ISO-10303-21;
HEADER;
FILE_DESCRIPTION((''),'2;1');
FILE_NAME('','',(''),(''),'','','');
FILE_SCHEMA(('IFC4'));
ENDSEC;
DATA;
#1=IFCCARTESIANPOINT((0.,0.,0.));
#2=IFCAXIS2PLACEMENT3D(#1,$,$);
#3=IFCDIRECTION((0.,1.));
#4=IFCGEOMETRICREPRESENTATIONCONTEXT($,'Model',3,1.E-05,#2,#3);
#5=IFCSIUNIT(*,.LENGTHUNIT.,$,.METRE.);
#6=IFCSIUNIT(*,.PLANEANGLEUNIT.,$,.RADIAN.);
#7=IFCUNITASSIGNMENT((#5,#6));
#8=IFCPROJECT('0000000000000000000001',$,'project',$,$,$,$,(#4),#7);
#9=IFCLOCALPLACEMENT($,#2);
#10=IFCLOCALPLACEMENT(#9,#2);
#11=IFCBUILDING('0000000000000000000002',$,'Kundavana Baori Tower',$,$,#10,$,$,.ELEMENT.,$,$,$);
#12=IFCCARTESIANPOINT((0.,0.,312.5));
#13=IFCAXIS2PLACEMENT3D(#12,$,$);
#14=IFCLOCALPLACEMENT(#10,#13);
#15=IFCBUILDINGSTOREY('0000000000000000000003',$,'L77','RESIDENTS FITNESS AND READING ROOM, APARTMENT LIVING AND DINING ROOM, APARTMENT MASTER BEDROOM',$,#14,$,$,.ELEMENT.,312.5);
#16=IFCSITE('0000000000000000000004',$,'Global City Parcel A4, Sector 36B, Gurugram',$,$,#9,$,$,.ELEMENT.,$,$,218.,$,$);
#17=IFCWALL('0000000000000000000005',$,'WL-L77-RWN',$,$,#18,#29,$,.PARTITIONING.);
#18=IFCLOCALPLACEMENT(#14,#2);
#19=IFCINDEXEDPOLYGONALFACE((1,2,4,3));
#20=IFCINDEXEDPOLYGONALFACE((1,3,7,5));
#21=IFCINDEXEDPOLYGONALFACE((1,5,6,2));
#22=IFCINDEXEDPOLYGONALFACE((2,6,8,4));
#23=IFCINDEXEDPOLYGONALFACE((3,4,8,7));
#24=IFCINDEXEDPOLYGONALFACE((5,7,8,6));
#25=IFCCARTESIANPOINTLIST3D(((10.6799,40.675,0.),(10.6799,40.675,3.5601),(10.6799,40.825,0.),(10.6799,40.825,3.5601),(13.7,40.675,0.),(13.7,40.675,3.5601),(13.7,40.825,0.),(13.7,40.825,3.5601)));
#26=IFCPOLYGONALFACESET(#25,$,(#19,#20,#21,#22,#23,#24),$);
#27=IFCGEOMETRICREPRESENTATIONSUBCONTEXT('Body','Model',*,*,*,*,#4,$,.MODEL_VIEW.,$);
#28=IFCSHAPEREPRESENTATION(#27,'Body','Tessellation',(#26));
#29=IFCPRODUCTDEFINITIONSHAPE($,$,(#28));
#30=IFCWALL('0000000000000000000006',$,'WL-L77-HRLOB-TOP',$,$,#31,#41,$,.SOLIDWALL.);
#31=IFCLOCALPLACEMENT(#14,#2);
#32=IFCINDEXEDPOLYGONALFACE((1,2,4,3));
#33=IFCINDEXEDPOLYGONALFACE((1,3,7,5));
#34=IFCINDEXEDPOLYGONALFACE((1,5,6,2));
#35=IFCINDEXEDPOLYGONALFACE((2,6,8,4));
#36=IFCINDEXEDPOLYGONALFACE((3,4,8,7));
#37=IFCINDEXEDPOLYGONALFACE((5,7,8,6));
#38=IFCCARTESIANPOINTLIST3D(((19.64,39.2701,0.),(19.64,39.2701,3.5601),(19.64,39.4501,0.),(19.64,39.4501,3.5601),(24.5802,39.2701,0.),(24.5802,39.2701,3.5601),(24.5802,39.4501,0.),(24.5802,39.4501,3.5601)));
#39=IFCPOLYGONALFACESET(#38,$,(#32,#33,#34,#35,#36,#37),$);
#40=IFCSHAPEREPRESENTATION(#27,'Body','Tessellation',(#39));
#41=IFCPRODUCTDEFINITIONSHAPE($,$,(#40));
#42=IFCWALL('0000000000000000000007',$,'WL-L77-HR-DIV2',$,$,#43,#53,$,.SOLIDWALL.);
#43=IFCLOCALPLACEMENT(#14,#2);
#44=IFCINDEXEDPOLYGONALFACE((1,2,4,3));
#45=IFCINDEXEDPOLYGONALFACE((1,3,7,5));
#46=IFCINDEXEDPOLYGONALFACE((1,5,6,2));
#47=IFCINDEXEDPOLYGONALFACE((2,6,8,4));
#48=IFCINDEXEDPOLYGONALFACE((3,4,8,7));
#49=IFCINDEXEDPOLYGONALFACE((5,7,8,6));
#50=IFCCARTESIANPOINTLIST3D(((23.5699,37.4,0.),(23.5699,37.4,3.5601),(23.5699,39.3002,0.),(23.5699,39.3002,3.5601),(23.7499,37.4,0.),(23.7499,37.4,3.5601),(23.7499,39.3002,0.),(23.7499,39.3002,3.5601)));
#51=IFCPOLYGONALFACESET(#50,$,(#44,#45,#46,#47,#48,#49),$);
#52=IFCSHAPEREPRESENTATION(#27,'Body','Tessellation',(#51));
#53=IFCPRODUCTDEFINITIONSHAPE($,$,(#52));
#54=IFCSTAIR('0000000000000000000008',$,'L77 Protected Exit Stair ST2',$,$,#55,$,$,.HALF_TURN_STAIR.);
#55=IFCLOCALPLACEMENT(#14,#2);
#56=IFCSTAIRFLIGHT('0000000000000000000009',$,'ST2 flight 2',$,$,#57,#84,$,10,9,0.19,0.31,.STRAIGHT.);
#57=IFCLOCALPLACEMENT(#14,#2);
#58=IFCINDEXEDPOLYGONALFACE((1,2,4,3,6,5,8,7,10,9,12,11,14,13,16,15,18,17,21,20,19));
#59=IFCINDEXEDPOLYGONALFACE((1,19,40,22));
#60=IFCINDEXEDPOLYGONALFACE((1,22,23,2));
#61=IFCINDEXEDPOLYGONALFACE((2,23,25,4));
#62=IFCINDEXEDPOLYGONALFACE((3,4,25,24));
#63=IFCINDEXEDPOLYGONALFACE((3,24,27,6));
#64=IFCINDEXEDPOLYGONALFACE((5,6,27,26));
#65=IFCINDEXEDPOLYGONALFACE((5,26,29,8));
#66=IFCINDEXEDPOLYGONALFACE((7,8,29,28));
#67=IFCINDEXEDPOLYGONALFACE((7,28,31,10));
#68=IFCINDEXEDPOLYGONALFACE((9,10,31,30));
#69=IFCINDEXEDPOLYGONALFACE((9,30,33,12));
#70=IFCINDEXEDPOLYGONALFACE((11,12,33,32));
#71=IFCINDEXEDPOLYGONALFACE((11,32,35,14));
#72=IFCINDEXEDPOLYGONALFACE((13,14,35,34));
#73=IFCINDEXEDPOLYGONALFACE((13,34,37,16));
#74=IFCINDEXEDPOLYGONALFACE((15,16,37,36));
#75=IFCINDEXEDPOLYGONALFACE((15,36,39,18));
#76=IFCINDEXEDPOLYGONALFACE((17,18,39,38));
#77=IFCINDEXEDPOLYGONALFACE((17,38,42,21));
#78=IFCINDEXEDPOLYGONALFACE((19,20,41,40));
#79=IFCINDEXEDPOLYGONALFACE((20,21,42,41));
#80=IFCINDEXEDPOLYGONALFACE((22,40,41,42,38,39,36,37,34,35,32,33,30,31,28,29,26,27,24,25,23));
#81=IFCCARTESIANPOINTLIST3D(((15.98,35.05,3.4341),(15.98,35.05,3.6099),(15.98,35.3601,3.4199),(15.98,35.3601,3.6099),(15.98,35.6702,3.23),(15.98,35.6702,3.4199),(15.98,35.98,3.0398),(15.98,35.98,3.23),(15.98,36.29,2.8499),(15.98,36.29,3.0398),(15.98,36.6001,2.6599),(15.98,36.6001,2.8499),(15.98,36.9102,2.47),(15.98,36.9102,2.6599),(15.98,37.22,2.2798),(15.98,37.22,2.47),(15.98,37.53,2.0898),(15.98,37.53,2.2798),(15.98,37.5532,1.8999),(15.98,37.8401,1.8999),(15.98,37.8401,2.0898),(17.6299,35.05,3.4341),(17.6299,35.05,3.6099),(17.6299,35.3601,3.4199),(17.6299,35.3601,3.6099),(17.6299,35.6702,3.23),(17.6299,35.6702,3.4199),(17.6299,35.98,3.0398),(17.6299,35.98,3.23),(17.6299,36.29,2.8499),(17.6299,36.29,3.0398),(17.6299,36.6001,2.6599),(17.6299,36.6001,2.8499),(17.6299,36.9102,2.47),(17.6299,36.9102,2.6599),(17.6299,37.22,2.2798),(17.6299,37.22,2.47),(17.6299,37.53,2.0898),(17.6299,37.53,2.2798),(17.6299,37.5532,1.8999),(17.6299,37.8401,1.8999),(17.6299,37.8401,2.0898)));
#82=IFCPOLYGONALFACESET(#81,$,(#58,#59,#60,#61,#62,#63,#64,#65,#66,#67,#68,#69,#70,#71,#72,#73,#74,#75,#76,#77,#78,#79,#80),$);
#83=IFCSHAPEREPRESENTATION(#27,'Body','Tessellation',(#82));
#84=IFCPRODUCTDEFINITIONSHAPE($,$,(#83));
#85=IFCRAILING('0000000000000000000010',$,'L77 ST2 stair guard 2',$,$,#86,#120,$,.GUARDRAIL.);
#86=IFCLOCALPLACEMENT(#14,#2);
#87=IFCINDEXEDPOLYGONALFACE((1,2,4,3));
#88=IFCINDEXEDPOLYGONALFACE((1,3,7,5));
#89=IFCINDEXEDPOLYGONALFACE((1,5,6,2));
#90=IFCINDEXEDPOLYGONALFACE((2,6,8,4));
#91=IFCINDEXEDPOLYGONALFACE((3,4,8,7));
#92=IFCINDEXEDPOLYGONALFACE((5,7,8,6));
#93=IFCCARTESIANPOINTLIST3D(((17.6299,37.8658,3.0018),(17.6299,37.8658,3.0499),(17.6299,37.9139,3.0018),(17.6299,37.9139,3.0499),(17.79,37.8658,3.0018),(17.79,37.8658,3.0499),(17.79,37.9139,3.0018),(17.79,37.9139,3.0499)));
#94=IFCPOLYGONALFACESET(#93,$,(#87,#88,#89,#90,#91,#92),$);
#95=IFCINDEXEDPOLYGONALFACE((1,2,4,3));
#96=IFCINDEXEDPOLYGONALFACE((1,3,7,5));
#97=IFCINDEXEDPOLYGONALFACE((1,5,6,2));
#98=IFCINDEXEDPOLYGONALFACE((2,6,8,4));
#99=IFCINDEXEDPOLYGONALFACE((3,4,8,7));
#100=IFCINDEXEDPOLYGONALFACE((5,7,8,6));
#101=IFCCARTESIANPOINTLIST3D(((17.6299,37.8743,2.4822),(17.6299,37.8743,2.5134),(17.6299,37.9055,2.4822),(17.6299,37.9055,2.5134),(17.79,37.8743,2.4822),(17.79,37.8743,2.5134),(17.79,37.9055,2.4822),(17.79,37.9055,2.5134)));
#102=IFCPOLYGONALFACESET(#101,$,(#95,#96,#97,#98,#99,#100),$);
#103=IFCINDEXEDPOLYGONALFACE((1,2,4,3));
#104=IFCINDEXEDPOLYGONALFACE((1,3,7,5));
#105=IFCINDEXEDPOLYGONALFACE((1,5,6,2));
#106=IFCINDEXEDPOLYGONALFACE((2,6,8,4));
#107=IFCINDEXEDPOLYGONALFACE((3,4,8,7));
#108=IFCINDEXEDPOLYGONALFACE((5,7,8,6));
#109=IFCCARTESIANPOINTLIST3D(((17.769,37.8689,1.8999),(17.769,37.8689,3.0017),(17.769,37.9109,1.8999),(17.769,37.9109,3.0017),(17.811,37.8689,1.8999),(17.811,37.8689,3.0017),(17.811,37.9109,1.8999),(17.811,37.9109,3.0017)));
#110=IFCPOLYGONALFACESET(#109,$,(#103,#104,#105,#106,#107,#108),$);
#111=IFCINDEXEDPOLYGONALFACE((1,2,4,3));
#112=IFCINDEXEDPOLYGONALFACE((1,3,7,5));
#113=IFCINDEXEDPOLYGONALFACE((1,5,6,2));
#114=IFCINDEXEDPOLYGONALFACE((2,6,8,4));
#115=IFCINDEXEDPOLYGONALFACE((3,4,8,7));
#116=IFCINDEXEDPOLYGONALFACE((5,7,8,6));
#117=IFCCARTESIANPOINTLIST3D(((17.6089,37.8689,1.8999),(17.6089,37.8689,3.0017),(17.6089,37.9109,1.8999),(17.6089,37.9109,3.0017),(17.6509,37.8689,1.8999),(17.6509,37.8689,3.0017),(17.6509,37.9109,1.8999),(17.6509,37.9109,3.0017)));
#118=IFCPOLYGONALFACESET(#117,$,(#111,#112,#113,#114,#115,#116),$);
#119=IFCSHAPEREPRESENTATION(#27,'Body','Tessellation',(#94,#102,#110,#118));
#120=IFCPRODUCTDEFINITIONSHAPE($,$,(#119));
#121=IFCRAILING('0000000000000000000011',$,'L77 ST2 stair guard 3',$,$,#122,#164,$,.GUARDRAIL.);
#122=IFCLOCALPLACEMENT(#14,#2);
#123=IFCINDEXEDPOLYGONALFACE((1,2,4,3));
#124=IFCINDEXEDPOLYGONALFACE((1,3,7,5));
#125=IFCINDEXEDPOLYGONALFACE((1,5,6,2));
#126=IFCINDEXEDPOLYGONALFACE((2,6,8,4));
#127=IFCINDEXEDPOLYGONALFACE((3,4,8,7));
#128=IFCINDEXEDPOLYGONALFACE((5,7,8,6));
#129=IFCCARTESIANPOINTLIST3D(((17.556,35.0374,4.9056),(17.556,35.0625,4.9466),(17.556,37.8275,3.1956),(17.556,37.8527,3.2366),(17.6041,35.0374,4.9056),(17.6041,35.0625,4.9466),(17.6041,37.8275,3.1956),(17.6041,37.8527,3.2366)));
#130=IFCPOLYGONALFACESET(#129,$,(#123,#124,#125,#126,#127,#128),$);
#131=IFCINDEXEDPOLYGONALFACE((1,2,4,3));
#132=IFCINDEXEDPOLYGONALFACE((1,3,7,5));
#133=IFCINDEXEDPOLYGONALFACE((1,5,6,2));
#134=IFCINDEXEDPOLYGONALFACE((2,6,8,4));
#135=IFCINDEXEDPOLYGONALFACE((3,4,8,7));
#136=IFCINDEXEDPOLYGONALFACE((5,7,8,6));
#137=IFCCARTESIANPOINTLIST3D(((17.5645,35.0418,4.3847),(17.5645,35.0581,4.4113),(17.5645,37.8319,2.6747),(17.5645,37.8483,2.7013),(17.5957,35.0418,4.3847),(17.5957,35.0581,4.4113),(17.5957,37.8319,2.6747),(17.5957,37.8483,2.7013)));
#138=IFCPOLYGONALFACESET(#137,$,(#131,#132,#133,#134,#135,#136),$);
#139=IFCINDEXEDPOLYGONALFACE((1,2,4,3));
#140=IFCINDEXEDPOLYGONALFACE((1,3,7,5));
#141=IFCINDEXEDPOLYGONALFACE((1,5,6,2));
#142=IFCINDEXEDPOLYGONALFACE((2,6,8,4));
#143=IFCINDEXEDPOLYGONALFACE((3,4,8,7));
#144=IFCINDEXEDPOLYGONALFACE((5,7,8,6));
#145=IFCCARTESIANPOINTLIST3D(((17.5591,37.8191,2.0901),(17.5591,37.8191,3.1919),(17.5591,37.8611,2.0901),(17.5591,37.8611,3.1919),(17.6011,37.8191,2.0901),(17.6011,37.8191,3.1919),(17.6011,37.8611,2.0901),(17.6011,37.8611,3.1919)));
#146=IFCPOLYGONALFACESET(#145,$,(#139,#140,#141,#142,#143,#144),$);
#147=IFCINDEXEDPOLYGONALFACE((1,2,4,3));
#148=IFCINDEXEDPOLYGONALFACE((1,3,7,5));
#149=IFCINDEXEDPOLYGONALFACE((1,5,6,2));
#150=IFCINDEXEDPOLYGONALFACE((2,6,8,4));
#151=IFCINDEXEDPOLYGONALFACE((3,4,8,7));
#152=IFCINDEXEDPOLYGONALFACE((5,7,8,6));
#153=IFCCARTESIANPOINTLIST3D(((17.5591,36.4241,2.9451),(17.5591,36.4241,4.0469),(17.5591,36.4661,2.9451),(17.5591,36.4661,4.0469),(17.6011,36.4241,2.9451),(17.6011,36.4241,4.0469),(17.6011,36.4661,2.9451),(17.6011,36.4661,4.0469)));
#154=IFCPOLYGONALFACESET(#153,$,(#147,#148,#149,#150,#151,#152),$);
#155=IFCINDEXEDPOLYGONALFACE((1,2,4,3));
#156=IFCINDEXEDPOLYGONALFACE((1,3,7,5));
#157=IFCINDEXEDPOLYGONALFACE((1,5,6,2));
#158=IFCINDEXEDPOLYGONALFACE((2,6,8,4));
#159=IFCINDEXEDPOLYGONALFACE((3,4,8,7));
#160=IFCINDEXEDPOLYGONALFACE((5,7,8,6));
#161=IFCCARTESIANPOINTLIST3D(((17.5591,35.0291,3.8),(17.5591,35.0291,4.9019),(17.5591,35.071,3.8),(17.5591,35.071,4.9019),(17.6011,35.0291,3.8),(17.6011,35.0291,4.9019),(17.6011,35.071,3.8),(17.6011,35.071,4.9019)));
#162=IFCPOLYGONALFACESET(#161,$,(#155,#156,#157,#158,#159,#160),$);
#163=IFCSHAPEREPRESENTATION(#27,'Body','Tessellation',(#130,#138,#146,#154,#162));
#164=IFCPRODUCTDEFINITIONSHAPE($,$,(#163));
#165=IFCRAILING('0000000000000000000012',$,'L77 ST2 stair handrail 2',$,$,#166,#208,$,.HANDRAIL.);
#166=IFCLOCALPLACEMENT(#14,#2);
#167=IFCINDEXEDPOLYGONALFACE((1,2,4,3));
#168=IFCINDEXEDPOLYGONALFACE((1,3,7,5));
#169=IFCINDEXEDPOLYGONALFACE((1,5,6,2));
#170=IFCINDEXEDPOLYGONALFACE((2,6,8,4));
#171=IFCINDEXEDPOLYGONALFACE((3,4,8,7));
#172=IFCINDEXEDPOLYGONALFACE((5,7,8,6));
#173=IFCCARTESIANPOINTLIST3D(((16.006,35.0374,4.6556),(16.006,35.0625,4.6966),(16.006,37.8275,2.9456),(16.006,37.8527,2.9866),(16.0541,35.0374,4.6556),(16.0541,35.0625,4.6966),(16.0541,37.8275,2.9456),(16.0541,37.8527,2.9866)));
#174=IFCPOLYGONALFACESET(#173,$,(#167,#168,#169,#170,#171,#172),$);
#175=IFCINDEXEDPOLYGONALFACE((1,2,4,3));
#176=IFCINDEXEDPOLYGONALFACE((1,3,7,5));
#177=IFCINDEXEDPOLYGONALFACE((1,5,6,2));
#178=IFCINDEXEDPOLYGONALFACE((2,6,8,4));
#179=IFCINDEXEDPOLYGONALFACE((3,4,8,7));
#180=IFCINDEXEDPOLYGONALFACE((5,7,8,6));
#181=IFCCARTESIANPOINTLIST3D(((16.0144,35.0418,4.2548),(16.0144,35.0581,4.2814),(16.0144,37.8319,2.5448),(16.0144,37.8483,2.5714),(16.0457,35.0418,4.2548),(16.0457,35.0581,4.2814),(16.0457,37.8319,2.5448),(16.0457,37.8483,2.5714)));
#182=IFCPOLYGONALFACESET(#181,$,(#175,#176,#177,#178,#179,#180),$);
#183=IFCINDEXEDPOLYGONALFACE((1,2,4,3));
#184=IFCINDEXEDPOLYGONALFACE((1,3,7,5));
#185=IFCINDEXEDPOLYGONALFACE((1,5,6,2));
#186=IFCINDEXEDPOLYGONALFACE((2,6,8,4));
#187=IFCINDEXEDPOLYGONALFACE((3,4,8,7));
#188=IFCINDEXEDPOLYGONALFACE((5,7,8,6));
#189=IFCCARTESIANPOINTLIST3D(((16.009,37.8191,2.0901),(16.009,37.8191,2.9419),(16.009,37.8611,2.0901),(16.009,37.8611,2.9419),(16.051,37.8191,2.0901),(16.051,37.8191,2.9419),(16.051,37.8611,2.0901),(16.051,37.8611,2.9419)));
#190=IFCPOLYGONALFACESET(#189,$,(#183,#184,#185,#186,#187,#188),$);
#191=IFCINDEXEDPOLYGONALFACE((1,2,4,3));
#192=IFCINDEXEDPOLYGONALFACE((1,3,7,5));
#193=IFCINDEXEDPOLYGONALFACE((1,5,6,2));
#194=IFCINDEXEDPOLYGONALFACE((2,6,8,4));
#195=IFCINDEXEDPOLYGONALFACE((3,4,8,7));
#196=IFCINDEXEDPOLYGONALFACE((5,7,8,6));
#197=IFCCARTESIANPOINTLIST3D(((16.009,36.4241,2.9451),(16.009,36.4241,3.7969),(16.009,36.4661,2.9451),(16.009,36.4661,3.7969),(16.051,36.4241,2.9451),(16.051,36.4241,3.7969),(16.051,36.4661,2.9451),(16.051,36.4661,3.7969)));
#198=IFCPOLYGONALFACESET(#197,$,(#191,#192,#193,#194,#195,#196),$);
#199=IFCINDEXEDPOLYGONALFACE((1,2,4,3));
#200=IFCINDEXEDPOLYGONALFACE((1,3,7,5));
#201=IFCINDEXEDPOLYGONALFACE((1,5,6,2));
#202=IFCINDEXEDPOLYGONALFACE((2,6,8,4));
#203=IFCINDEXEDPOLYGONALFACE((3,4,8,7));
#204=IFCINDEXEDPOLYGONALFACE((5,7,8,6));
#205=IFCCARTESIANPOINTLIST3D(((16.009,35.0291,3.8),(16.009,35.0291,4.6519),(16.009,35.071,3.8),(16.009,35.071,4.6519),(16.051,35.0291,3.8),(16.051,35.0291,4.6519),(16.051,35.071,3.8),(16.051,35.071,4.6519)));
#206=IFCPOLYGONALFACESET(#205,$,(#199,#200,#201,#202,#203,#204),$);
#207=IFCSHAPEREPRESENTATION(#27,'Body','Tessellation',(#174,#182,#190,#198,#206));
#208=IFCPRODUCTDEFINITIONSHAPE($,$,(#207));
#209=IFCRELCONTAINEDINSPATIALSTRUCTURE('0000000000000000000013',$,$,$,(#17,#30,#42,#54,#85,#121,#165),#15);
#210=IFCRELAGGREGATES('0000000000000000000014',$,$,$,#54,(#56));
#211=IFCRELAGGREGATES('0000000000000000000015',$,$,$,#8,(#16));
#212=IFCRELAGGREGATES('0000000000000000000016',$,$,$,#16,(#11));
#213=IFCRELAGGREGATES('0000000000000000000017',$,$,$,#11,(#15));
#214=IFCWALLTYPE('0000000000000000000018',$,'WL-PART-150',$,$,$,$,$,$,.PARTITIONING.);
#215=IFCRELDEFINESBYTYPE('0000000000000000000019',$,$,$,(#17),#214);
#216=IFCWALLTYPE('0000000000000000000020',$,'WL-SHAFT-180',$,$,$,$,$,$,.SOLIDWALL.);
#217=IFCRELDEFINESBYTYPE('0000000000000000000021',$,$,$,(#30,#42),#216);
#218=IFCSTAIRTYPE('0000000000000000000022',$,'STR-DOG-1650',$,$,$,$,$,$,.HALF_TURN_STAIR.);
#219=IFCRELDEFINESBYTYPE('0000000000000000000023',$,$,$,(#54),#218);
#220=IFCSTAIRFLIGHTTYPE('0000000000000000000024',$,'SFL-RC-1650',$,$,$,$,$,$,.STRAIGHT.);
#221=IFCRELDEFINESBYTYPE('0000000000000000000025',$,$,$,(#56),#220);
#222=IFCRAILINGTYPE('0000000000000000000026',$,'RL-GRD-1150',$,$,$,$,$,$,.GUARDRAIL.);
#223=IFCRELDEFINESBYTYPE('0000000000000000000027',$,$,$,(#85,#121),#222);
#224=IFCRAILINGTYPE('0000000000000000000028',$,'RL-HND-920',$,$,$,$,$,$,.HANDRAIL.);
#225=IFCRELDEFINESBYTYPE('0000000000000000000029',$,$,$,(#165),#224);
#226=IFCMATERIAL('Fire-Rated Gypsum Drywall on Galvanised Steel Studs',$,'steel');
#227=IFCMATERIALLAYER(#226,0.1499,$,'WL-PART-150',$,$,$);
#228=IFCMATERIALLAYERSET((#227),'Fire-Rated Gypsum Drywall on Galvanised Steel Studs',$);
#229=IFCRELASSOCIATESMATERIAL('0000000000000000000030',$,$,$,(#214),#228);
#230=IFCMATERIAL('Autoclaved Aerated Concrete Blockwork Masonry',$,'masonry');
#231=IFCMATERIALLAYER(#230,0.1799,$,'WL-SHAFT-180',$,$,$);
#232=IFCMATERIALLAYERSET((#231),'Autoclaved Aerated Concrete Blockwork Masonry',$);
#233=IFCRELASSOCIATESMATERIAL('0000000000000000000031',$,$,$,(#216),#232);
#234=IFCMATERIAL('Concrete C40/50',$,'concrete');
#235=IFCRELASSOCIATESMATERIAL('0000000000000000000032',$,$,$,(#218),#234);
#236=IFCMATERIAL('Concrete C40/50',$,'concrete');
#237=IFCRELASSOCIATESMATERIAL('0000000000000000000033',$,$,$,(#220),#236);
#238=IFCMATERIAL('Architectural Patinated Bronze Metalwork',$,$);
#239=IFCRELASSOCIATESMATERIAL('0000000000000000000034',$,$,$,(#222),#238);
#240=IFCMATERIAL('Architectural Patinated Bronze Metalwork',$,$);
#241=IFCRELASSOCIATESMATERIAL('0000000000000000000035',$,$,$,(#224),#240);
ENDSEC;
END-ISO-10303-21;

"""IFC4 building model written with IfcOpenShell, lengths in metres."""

from ifc_helpers import new_model, si_unit, direction, frame, frame_2d, origin, origin_2d, place, context, subcontext, project, spatial, polyline, rectangle, outline, extrude, material, layer, layer_set, type_object, element, aggregate, save


model = new_model("IFC4")

# Units and contexts
model_context = context("Model", 3, precision=1e-05, world=origin(), true_north=direction((0.0, 1.0)))
body_context = subcontext(model_context, "Body", "Model", "MODEL_VIEW")
ifc_project = project(units=[si_unit("LENGTHUNIT", "METRE"), si_unit("PLANEANGLEUNIT", "RADIAN")], contexts=[model_context])

# Site, building, storey
site_placement = place(None, origin())
site = spatial("IfcSite", under=ifc_project, at=site_placement, Name="Global City Parcel A4, Sector 36B, Gurugram", CompositionType="ELEMENT", RefElevation=218.0)
building_placement = place(site_placement, origin())
building = spatial("IfcBuilding", under=site, at=building_placement, Name="Kundavana Baori Tower", CompositionType="ELEMENT")
storey_placement = place(building_placement, frame((0.0, 0.0, 312.5)))
storey = spatial("IfcBuildingStorey", under=building, at=storey_placement, Name="L77", Description="RESIDENTS FITNESS AND READING ROOM, APARTMENT LIVING AND DINING ROOM, APARTMENT MASTER BEDROOM", CompositionType="ELEMENT", Elevation=312.5)

# Shared definitions
ifc_material_1 = material(Name="Fire-Rated Gypsum Drywall on Galvanised Steel Studs", Category="steel")
ifc_layer_1 = layer(ifc_material_1, 0.1499, Name="WL-PART-150")
ifc_layer_set_1 = layer_set([ifc_layer_1], Name="Fire-Rated Gypsum Drywall on Galvanised Steel Studs")
wall_type_1 = type_object("IfcWallType", Name="WL-PART-150", PredefinedType="PARTITIONING", material=ifc_layer_set_1)

# Walls
wall_1_placement = place(storey_placement, frame((10.6799, 40.75, 0.0), z_axis=(0.0, 0.0, 1.0), x_axis=(1.0, 0.0, 0.0)))
element("IfcWall", 1, at=wall_1_placement, inside=storey, type_object=wall_type_1, Name="WL-L77-RWN", PredefinedType="PARTITIONING", context=body_context, shape_type="SweptSolid", body=[
    extrude(rectangle(XDim=3.02, YDim=0.1499, at=frame_2d((1.51, 0.0))), origin(), (0.0, 0.0, 1.0), 3.5601),
])
ifc_material_2 = material(Name="Autoclaved Aerated Concrete Blockwork Masonry", Category="masonry")
ifc_layer_2 = layer(ifc_material_2, 0.1799, Name="WL-SHAFT-180")
ifc_layer_set_2 = layer_set([ifc_layer_2], Name="Autoclaved Aerated Concrete Blockwork Masonry")
wall_type_2 = type_object("IfcWallType", Name="WL-SHAFT-180", PredefinedType="SOLIDWALL", material=ifc_layer_set_2)
wall_2_placement = place(storey_placement, frame((19.6399, 39.3601, 0.0), z_axis=(0.0, 0.0, 1.0), x_axis=(1.0, 0.0, 0.0)))
element("IfcWall", 2, at=wall_2_placement, inside=storey, type_object=wall_type_2, Name="WL-L77-HRLOB-TOP", PredefinedType="SOLIDWALL", context=body_context, shape_type="SweptSolid", body=[
    extrude(rectangle(XDim=4.9402, YDim=0.1799, at=frame_2d((2.4702, 0.0))), origin(), (0.0, 0.0, 1.0), 3.5601),
])
wall_3_placement = place(storey_placement, frame((23.6599, 37.3999, 0.0), z_axis=(0.0, 0.0, 1.0), x_axis=(0.0, 1.0, 0.0)))
element("IfcWall", 3, at=wall_3_placement, inside=storey, type_object=wall_type_2, Name="WL-L77-HR-DIV2", PredefinedType="SOLIDWALL", context=body_context, shape_type="SweptSolid", body=[
    extrude(rectangle(XDim=1.9001, YDim=0.1799, at=frame_2d((0.9502, 0.0))), origin(), (0.0, 0.0, 1.0), 3.5601),
])

# Stair, stair flight
ifc_material_3 = material(Name="Concrete C40/50", Category="concrete")
stair_type = type_object("IfcStairType", Name="STR-DOG-1650", PredefinedType="HALF_TURN_STAIR", material=ifc_material_3)
stair_placement = place(storey_placement, origin())
stair = element("IfcStair", 4, at=stair_placement, inside=storey, type_object=stair_type, Name="L77 Protected Exit Stair ST2", PredefinedType="HALF_TURN_STAIR")
ifc_material_4 = material(Name="Concrete C40/50", Category="concrete")
stair_flight_type = type_object("IfcStairFlightType", Name="SFL-RC-1650", PredefinedType="STRAIGHT", material=ifc_material_4)
stair_flight_placement = place(storey_placement, frame((16.8049, 37.8401, 1.8999), z_axis=(0.0, 0.0, 1.0), x_axis=(0.0, -1.0, 0.0)))
stair_flight = element("IfcStairFlight", 5, at=stair_flight_placement, type_object=stair_flight_type, Name="ST2 flight 2", NumberOfRisers=10, NumberOfTreads=9, PredefinedType="STRAIGHT", RiserHeight=0.19, TreadLength=0.31, context=body_context, shape_type="SweptSolid", body=[
    extrude(outline(polyline([(0.0, 0.0), (0.0, 0.1899), (0.3101, 0.1899), (0.3101, 0.3799), (0.6201, 0.3799), (0.6201, 0.5701), (0.9299, 0.5701), (0.9299, 0.76), (1.24, 0.76), (1.24, 0.95), (1.55, 0.95), (1.55, 1.1399), (1.8601, 1.1399), (1.8601, 1.3301), (2.1699, 1.3301), (2.1699, 1.52), (2.48, 1.52), (2.48, 1.71), (2.79, 1.71), (2.79, 1.8999), (2.79, 1.5342), (0.2869, 0.0), (0.0, 0.0)])), frame((0.0, 0.825, 0.0), z_axis=(0.0, -1.0, 0.0), x_axis=(1.0, 0.0, 0.0)), (0.0, 0.0, 1.0), 1.6499),
])
aggregate(stair, [stair_flight])

# Railings
ifc_material_5 = material(Name="Architectural Patinated Bronze Metalwork")
railing_type_1 = type_object("IfcRailingType", Name="RL-GRD-1150", PredefinedType="GUARDRAIL", material=ifc_material_5)
railing_1_placement = place(storey_placement, frame((17.79, 37.8899, 1.8999)))
element("IfcRailing", 6, at=railing_1_placement, inside=storey, type_object=railing_type_1, Name="L77 ST2 stair guard 2", PredefinedType="GUARDRAIL", context=body_context, shape_type="SweptSolid", body=[
    extrude(rectangle(XDim=0.0481, YDim=0.0481, at=origin_2d()), frame((0.0, 0.0, 1.126), z_axis=(-1.0, 0.0, 0.0), x_axis=(0.0, -1.0, 0.0)), (0.0, 0.0, 1.0), 0.1602),
    extrude(rectangle(XDim=0.0312, YDim=0.0312, at=origin_2d()), frame((0.0, 0.0, 0.5979), z_axis=(-1.0, 0.0, 0.0), x_axis=(0.0, -1.0, 0.0)), (0.0, 0.0, 1.0), 0.1602),
    extrude(rectangle(XDim=0.042, YDim=0.042, at=origin_2d()), origin(), (0.0, 0.0, 1.0), 1.1018),
    extrude(rectangle(XDim=0.042, YDim=0.042, at=origin_2d()), frame((-0.1602, 0.0, 0.0)), (0.0, 0.0, 1.0), 1.1018),
])
railing_2_placement = place(storey_placement, frame((17.5801, 37.8401, 2.0901)))
element("IfcRailing", 7, at=railing_2_placement, inside=storey, type_object=railing_type_1, Name="L77 ST2 stair guard 3", PredefinedType="GUARDRAIL", context=body_context, shape_type="SweptSolid", body=[
    extrude(rectangle(XDim=0.0481, YDim=0.0481, at=origin_2d()), frame((0.0, 0.0, 1.126), z_axis=(0.0, -0.85261, 0.522548), x_axis=(1.0, 0.0, 0.0)), (0.0, 0.0, 1.0), 3.2725),
    extrude(rectangle(XDim=0.0312, YDim=0.0312, at=origin_2d()), frame((0.0, 0.0, 0.5979), z_axis=(0.0, -0.85261, 0.522548), x_axis=(1.0, 0.0, 0.0)), (0.0, 0.0, 1.0), 3.2725),
    extrude(rectangle(XDim=0.042, YDim=0.042, at=origin_2d()), origin(), (0.0, 0.0, 1.0), 1.1018),
    extrude(rectangle(XDim=0.042, YDim=0.042, at=origin_2d()), frame((0.0, -1.395, 0.855)), (0.0, 0.0, 1.0), 1.1018),
    extrude(rectangle(XDim=0.042, YDim=0.042, at=origin_2d()), frame((0.0, -2.79, 1.71)), (0.0, 0.0, 1.0), 1.1018),
])
ifc_material_6 = material(Name="Architectural Patinated Bronze Metalwork")
railing_type_2 = type_object("IfcRailingType", Name="RL-HND-920", PredefinedType="HANDRAIL", material=ifc_material_6)
railing_3_placement = place(storey_placement, frame((16.03, 37.8401, 2.0901)))
element("IfcRailing", 8, at=railing_3_placement, inside=storey, type_object=railing_type_2, Name="L77 ST2 stair handrail 2", PredefinedType="HANDRAIL", context=body_context, shape_type="SweptSolid", body=[
    extrude(rectangle(XDim=0.0481, YDim=0.0481, at=origin_2d()), frame((0.0, 0.0, 0.876), z_axis=(0.0, -0.85261, 0.522548), x_axis=(1.0, 0.0, 0.0)), (0.0, 0.0, 1.0), 3.2725),
    extrude(rectangle(XDim=0.0312, YDim=0.0312, at=origin_2d()), frame((0.0, 0.0, 0.468), z_axis=(0.0, -0.85261, 0.522548), x_axis=(1.0, 0.0, 0.0)), (0.0, 0.0, 1.0), 3.2725),
    extrude(rectangle(XDim=0.042, YDim=0.042, at=origin_2d()), origin(), (0.0, 0.0, 1.0), 0.8518),
    extrude(rectangle(XDim=0.042, YDim=0.042, at=origin_2d()), frame((0.0, -1.395, 0.855)), (0.0, 0.0, 1.0), 0.8518),
    extrude(rectangle(XDim=0.042, YDim=0.042, at=origin_2d()), frame((0.0, -2.79, 1.71)), (0.0, 0.0, 1.0), 0.8518),
])

save(model, "model.ifc")
